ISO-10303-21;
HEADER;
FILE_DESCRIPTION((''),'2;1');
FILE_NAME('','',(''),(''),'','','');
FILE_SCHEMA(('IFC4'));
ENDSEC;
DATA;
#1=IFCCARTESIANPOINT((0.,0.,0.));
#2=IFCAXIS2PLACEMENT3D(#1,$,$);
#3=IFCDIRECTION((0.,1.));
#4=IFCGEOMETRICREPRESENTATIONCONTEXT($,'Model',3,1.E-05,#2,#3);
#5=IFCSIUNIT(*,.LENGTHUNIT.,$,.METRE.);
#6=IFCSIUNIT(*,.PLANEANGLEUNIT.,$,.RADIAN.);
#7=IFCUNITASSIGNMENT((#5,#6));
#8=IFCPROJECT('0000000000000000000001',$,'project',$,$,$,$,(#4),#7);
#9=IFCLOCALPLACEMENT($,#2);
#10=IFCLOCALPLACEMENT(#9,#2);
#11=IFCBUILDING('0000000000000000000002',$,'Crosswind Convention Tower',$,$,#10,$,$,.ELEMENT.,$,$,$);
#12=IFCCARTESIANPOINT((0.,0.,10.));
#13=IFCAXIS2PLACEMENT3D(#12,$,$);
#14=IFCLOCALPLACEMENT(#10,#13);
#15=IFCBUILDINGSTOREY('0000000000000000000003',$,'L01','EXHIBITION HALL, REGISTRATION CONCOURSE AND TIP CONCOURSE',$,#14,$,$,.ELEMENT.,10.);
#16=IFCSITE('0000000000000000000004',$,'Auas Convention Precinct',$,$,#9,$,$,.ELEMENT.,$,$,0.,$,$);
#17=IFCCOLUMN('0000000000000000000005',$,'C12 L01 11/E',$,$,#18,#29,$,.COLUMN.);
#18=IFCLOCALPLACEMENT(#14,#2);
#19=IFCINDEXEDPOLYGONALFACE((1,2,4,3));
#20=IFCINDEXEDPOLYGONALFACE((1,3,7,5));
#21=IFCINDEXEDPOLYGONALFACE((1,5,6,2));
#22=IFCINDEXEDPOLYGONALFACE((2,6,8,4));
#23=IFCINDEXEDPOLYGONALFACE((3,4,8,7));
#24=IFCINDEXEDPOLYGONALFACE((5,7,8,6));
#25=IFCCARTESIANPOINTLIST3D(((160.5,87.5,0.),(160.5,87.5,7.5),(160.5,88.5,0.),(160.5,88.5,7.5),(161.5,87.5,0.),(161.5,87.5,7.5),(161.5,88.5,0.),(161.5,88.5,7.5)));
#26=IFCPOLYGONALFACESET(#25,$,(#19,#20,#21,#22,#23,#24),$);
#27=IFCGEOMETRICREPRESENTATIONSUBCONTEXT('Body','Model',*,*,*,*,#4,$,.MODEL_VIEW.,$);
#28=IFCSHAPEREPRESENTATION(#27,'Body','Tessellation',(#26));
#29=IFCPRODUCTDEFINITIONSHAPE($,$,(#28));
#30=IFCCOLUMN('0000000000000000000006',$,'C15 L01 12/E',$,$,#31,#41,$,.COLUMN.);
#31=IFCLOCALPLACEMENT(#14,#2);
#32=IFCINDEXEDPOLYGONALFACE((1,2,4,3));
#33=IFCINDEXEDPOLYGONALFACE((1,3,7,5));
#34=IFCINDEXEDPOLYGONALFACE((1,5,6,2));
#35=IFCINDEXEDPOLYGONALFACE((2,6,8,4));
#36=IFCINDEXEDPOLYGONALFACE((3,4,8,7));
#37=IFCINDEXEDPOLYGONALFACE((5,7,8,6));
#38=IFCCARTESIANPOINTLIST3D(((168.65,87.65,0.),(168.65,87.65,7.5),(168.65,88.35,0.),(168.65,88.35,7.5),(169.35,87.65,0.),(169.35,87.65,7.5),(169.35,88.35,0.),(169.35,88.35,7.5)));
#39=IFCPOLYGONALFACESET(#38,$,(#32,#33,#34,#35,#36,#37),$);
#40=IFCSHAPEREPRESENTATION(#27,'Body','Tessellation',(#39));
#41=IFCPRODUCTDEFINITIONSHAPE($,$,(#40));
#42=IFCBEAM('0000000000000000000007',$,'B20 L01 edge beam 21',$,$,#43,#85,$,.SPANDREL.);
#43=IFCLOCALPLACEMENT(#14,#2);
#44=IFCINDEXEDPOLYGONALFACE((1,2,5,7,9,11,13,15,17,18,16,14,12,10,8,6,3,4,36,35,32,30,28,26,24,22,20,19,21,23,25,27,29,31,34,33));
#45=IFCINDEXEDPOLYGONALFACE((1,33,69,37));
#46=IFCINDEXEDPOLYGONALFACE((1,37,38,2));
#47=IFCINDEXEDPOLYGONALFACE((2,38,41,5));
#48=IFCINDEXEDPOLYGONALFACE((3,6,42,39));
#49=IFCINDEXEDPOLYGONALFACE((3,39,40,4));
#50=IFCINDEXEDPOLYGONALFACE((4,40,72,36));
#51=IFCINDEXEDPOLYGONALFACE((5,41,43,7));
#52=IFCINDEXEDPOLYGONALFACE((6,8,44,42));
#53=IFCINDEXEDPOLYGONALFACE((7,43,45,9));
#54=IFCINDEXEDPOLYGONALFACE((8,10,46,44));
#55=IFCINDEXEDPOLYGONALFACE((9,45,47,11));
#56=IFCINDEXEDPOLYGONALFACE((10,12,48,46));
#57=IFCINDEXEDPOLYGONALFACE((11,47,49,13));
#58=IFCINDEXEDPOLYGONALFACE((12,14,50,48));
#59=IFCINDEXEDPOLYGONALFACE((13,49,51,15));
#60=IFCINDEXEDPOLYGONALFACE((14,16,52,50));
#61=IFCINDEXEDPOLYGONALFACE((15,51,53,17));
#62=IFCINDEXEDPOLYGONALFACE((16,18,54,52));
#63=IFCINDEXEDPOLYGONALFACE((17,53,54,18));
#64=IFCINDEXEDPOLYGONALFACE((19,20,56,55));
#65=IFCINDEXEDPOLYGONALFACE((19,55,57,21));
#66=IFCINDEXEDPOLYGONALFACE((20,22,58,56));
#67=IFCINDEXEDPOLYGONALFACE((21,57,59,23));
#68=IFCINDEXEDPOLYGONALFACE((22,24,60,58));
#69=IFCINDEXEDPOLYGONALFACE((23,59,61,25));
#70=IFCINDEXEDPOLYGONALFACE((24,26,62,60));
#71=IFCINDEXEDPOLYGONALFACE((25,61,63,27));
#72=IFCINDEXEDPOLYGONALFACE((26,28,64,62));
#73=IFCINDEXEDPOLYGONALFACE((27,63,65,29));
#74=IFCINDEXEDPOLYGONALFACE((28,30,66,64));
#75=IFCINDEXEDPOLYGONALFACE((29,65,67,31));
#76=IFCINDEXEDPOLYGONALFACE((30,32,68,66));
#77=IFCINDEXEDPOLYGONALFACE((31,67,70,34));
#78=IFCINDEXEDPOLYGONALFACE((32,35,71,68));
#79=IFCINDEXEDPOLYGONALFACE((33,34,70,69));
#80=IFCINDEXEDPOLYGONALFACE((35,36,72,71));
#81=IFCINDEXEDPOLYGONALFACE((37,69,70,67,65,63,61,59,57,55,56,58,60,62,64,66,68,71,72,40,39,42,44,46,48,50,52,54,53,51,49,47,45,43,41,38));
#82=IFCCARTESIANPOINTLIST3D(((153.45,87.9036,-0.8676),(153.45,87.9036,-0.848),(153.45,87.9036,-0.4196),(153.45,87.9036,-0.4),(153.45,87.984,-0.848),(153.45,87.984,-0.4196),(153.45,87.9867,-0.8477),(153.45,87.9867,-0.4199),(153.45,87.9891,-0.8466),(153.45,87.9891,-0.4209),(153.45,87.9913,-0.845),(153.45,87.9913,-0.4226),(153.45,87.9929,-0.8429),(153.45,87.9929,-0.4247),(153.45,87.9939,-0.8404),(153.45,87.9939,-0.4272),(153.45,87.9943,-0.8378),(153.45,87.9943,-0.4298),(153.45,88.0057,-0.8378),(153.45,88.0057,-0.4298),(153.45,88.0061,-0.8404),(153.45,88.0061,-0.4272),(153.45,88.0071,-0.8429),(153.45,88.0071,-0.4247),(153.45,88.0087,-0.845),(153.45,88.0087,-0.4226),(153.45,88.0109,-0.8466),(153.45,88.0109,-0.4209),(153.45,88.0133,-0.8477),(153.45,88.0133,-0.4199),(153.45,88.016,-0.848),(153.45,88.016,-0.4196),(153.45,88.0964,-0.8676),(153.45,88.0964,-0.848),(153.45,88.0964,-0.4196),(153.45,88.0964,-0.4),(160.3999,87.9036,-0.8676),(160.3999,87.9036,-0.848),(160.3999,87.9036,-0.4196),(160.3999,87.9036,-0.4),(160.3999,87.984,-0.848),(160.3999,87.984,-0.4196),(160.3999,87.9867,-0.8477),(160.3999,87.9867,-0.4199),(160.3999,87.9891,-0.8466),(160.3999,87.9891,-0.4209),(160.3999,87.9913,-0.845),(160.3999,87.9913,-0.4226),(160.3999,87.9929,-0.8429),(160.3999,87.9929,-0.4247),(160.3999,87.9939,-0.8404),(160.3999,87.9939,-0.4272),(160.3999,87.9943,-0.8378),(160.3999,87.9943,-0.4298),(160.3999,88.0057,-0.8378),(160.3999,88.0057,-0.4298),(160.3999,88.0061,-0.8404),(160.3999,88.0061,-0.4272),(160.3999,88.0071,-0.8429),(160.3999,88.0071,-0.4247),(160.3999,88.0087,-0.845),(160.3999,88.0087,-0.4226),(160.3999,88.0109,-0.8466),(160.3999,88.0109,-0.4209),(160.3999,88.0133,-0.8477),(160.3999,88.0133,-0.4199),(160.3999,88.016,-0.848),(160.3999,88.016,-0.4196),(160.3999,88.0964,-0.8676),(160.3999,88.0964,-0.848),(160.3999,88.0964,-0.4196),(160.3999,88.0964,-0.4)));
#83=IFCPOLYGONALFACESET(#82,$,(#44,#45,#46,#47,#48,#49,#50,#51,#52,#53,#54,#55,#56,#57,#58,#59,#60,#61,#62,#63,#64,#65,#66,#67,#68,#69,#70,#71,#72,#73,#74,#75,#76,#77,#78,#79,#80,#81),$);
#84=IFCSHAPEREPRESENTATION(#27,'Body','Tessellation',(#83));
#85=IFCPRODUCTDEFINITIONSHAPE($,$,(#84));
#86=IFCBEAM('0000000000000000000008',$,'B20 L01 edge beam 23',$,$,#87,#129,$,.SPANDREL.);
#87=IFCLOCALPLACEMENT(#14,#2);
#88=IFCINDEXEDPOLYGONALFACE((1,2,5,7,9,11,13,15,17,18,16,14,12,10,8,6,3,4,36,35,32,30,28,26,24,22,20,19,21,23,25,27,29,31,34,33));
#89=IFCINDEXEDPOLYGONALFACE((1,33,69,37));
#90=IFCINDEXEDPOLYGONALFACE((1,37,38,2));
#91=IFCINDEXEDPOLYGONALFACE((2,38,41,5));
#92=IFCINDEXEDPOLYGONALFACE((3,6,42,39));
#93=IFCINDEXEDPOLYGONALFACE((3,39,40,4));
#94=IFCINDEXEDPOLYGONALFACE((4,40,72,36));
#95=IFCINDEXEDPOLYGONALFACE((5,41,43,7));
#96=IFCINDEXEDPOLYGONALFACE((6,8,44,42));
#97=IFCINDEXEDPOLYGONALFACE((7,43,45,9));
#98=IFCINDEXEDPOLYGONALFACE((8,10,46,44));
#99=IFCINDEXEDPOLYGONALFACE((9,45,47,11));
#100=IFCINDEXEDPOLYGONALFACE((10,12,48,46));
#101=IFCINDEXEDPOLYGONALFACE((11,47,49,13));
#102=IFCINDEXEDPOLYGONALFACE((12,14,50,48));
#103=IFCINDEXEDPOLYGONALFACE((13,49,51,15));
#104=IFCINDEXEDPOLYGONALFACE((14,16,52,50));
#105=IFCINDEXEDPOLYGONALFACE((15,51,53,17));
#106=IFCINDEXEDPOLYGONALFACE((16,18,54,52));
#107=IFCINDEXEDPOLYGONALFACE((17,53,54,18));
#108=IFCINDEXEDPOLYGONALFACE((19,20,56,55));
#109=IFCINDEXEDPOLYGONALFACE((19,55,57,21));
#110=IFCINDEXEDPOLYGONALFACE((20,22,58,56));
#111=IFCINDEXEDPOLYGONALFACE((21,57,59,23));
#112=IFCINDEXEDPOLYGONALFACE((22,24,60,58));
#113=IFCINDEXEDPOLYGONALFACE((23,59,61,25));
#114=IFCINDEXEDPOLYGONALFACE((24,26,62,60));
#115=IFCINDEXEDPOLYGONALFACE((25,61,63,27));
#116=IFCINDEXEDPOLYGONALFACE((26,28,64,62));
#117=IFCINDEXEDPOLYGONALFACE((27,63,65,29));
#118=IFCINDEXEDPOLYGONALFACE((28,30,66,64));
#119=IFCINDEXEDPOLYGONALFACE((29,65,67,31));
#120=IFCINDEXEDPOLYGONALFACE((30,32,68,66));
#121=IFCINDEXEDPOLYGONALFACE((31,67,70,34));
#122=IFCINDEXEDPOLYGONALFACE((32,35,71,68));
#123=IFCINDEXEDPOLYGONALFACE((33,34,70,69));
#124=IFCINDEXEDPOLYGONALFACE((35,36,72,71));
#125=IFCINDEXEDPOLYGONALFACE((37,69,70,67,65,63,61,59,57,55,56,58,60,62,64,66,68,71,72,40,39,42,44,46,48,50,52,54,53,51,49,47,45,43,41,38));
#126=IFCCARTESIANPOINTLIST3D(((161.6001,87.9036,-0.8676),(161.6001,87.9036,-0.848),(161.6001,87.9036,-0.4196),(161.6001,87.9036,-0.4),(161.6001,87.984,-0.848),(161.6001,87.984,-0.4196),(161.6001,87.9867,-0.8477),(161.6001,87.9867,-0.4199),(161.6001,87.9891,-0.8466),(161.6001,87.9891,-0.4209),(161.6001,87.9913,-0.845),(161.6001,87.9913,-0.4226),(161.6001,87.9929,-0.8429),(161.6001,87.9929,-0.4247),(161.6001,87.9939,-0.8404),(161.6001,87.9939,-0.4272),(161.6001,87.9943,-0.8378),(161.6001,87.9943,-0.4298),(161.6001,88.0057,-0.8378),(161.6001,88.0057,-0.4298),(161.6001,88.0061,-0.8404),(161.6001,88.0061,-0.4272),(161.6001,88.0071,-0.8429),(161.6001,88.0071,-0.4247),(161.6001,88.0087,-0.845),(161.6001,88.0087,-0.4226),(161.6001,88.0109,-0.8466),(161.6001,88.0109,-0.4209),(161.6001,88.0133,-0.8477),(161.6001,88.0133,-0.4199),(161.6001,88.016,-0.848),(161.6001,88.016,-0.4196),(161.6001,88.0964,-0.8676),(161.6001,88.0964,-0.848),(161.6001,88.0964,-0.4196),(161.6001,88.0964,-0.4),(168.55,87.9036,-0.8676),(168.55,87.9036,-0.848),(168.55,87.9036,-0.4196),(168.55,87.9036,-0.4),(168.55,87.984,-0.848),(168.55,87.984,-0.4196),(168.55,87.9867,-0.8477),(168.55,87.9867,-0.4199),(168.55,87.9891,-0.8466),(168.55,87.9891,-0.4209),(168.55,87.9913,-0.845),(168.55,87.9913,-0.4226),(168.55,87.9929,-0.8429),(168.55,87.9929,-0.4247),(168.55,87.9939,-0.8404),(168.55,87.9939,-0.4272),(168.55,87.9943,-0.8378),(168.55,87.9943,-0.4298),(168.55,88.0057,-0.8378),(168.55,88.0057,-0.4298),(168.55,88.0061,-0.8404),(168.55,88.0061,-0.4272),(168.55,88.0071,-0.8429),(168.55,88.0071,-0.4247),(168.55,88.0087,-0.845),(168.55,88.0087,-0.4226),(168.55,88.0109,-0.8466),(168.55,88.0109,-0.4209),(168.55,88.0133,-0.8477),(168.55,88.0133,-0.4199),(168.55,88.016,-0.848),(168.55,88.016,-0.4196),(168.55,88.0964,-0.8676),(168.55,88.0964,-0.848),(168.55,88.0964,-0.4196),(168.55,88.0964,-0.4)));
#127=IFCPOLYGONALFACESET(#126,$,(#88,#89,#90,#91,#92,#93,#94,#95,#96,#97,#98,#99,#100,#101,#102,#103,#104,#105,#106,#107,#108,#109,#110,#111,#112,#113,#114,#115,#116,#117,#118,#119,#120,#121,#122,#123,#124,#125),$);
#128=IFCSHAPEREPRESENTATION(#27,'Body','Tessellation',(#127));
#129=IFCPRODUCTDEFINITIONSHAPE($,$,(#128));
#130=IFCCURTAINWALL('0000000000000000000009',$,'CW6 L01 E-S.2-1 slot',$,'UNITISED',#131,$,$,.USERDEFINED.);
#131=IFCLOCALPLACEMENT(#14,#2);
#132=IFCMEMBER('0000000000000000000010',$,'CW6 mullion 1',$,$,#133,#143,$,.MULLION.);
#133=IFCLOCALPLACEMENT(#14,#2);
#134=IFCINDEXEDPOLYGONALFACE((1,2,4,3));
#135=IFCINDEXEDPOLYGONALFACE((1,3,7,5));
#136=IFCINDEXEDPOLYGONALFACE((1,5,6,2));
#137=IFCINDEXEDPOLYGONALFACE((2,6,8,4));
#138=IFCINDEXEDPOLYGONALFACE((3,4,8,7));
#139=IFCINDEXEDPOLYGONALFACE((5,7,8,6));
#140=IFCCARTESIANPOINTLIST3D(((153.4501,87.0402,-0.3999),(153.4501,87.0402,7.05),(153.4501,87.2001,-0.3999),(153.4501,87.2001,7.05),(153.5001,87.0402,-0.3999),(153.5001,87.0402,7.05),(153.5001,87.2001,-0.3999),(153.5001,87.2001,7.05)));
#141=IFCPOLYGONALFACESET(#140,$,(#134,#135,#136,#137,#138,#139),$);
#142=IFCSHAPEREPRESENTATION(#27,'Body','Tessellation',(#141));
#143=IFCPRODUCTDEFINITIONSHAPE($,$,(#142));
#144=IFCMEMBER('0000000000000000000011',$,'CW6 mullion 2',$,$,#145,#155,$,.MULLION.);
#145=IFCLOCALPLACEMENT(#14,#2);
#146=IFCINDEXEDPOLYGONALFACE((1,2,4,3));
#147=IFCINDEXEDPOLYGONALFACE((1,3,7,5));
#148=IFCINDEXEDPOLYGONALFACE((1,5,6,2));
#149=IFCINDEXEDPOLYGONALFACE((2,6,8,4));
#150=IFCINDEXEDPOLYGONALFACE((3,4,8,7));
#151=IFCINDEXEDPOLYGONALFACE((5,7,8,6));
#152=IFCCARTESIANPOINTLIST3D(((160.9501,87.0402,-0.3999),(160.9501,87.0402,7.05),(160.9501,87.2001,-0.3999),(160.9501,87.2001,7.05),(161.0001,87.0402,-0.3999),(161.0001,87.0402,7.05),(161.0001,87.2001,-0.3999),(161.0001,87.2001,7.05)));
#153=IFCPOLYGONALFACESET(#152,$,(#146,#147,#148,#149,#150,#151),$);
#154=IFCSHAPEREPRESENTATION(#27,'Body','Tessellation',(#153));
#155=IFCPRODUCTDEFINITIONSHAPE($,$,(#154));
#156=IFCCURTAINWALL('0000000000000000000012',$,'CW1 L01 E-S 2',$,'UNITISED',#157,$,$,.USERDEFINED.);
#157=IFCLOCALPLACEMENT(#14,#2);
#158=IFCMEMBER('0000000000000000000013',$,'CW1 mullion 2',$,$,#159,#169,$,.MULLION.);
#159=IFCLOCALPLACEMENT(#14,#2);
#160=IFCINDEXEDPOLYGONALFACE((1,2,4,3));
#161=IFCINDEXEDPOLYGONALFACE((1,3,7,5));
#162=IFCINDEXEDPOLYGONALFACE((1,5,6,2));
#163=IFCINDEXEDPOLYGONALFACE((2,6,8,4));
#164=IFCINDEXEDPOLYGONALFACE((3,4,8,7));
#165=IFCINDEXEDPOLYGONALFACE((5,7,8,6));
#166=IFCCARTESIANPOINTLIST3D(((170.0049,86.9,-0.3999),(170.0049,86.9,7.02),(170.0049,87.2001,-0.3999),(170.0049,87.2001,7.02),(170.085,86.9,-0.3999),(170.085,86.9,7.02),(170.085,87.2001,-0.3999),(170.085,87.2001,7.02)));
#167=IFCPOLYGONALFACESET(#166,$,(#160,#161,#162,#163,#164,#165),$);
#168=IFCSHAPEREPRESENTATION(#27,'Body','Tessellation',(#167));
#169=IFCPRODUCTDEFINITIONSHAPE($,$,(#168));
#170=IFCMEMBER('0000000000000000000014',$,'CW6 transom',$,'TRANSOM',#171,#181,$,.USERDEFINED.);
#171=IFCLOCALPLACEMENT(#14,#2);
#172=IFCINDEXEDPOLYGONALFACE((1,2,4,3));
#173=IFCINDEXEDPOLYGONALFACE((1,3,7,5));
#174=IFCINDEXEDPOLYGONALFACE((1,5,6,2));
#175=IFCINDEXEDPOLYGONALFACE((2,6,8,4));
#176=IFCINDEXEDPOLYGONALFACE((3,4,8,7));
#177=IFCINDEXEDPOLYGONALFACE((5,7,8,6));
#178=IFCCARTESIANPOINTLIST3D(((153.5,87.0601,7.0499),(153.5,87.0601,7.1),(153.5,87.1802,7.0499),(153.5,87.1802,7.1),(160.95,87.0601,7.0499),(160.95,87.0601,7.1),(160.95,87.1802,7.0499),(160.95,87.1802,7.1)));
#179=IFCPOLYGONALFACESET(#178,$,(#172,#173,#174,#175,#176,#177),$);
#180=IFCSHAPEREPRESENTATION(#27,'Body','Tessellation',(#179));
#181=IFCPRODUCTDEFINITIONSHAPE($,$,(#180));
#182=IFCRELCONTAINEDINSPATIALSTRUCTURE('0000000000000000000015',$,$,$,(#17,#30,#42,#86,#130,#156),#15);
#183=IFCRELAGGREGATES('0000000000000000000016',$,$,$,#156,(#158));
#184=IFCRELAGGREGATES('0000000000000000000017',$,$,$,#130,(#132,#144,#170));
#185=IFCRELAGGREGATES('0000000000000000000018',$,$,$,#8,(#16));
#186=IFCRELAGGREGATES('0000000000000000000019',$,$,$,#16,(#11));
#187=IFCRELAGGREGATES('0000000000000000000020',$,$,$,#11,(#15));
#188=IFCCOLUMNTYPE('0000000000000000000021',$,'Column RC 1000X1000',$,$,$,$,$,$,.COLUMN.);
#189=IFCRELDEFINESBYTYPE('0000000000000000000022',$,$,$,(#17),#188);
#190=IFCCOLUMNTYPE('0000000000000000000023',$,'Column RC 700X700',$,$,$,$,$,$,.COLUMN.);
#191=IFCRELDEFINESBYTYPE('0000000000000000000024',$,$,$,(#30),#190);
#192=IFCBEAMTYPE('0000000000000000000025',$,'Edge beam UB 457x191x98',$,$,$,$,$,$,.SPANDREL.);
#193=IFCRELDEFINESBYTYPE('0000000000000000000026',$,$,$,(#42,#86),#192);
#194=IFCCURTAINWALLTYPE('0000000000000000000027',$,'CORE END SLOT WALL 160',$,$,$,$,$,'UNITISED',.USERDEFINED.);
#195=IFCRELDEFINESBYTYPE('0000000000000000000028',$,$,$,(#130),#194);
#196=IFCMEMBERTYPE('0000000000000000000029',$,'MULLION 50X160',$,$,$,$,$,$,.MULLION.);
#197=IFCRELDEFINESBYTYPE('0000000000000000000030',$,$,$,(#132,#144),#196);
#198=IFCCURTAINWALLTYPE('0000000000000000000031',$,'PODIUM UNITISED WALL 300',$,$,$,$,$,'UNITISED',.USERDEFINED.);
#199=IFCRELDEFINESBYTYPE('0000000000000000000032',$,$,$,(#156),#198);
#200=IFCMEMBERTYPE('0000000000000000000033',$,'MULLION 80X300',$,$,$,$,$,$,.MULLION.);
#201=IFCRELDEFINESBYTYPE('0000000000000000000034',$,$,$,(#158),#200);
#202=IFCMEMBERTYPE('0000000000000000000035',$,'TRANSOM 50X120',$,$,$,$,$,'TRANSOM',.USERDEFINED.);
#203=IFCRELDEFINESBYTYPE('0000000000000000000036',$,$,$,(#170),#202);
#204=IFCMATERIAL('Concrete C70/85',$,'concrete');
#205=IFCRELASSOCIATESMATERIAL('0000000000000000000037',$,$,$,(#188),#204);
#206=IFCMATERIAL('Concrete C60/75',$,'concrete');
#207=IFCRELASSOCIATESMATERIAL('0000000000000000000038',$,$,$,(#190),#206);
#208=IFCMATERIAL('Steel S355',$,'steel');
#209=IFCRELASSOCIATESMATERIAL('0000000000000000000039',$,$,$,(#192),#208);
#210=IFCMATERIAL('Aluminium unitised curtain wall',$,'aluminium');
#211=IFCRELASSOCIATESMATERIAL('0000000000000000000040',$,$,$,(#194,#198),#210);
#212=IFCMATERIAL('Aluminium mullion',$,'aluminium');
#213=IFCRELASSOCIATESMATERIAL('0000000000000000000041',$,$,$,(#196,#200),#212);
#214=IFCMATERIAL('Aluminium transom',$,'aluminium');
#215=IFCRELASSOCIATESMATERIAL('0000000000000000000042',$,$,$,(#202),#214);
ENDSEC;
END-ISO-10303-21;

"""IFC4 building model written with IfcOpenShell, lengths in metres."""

from ifc_helpers import new_model, si_unit, direction, frame, origin, origin_2d, place, context, subcontext, project, spatial, rectangle, i_section, extrude, material, material_profile, profile_set, type_object, element, aggregate, save


model = new_model("IFC4")

# Units and contexts
model_context = context("Model", 3, precision=1e-05, world=origin(), true_north=direction((0.0, 1.0)))
body_context = subcontext(model_context, "Body", "Model", "MODEL_VIEW")
ifc_project = project(units=[si_unit("LENGTHUNIT", "METRE"), si_unit("PLANEANGLEUNIT", "RADIAN")], contexts=[model_context])

# Site, building, storey
site_placement = place(None, origin())
site = spatial("IfcSite", under=ifc_project, at=site_placement, Name="Auas Convention Precinct", CompositionType="ELEMENT", RefElevation=0.0)
building_placement = place(site_placement, origin())
building = spatial("IfcBuilding", under=site, at=building_placement, Name="Crosswind Convention Tower", CompositionType="ELEMENT")
storey_placement = place(building_placement, frame((0.0, 0.0, 10.0)))
storey = spatial("IfcBuildingStorey", under=building, at=storey_placement, Name="L01", Description="EXHIBITION HALL, REGISTRATION CONCOURSE AND TIP CONCOURSE", CompositionType="ELEMENT", Elevation=10.0)

# Columns
ifc_material_1 = material(Name="Concrete C70/85", Category="concrete")
ifc_material_profile_1 = material_profile(ifc_material_1, rectangle(XDim=1.0, YDim=1.0, at=origin_2d()), Name="RC 1000X1000")
ifc_profile_set_1 = profile_set([ifc_material_profile_1], Name="Concrete C70/85")
column_type_1 = type_object("IfcColumnType", Name="Column RC 1000X1000", PredefinedType="COLUMN", material=ifc_profile_set_1)
column_1_placement = place(storey_placement, frame((161.0, 88.0, 0.0), z_axis=(0.0, 0.0, 1.0), x_axis=(1.0, 0.0, 0.0)))
element("IfcColumn", 1, at=column_1_placement, inside=storey, type_object=column_type_1, Name="C12 L01 11/E", PredefinedType="COLUMN", context=body_context, shape_type="SweptSolid", body=[
    extrude(rectangle(XDim=1.0, YDim=1.0, at=origin_2d()), origin(), (0.0, 0.0, 1.0), 7.5),
])
ifc_material_2 = material(Name="Concrete C60/75", Category="concrete")
ifc_material_profile_2 = material_profile(ifc_material_2, rectangle(XDim=0.7, YDim=0.7, at=origin_2d()), Name="RC 700X700")
ifc_profile_set_2 = profile_set([ifc_material_profile_2], Name="Concrete C60/75")
column_type_2 = type_object("IfcColumnType", Name="Column RC 700X700", PredefinedType="COLUMN", material=ifc_profile_set_2)
column_2_placement = place(storey_placement, frame((169.0, 88.0, 0.0), z_axis=(0.0, 0.0, 1.0), x_axis=(1.0, 0.0, 0.0)))
element("IfcColumn", 2, at=column_2_placement, inside=storey, type_object=column_type_2, Name="C15 L01 12/E", PredefinedType="COLUMN", context=body_context, shape_type="SweptSolid", body=[
    extrude(rectangle(XDim=0.7, YDim=0.7, at=origin_2d()), origin(), (0.0, 0.0, 1.0), 7.5),
])

# Beams
ifc_material_3 = material(Name="Steel S355", Category="steel")
ifc_material_profile_3 = material_profile(ifc_material_3, i_section(OverallWidth=0.1929, OverallDepth=0.4675, WebThickness=0.0115, FlangeThickness=0.0195, FilletRadius=0.0103, at=origin_2d()), Name="UB 457x191x98")
ifc_profile_set_3 = profile_set([ifc_material_profile_3], Name="Steel S355")
beam_type_1 = type_object("IfcBeamType", Name="Edge beam UB 457x191x98", PredefinedType="SPANDREL", material=ifc_profile_set_3)
for number, where, z_axis, x_axis, name in (
    (3, (153.45, 88.0, -0.6338), (1.0, 0.0, 0.0), (0.0, 1.0, 0.0), "B20 L01 edge beam 21"),
    (4, (161.6001, 88.0, -0.6338), (1.0, 0.0, 0.0), (0.0, 1.0, 0.0), "B20 L01 edge beam 23"),
):
    element("IfcBeam", number, at=place(storey_placement, frame(where, z_axis=z_axis, x_axis=x_axis)), inside=storey, type_object=beam_type_1, Name=name, PredefinedType="SPANDREL", context=body_context, shape_type="SweptSolid", body=[
        extrude(i_section(OverallWidth=0.1929, OverallDepth=0.4675, WebThickness=0.0115, FlangeThickness=0.0195, FilletRadius=0.0103, at=origin_2d()), origin(), (0.0, 0.0, 1.0), 6.95),
    ])

# Curtain wall, members
ifc_material_4 = material(Name="Aluminium unitised curtain wall", Category="aluminium")
curtain_wall_type_1 = type_object("IfcCurtainWallType", Name="CORE END SLOT WALL 160", ElementType="UNITISED", PredefinedType="USERDEFINED", material=ifc_material_4)
curtain_wall_1_placement = place(storey_placement, origin())
curtain_wall_1 = element("IfcCurtainWall", 5, at=curtain_wall_1_placement, inside=storey, type_object=curtain_wall_type_1, Name="CW6 L01 E-S.2-1 slot", ObjectType="UNITISED", PredefinedType="USERDEFINED")
ifc_material_5 = material(Name="Aluminium mullion", Category="aluminium")
ifc_material_profile_4 = material_profile(ifc_material_5, rectangle(XDim=0.1599, YDim=0.05, at=origin_2d()), Name="AL 160X50")
ifc_profile_set_4 = profile_set([ifc_material_profile_4], Name="Aluminium mullion")
member_type_1 = type_object("IfcMemberType", Name="MULLION 50X160", PredefinedType="MULLION", material=ifc_profile_set_4)
member_1_placement = place(storey_placement, frame((153.4751, 87.1201, -0.3999), z_axis=(0.0, 0.0, 1.0), x_axis=(0.0, -1.0, 0.0)))
member_1 = element("IfcMember", 6, at=member_1_placement, type_object=member_type_1, Name="CW6 mullion 1", PredefinedType="MULLION", context=body_context, shape_type="SweptSolid", body=[
    extrude(rectangle(XDim=0.1599, YDim=0.05, at=origin_2d()), origin(), (0.0, 0.0, 1.0), 7.45),
])
member_2_placement = place(storey_placement, frame((160.9751, 87.1201, -0.3999), z_axis=(0.0, 0.0, 1.0), x_axis=(0.0, -1.0, 0.0)))
member_2 = element("IfcMember", 7, at=member_2_placement, type_object=member_type_1, Name="CW6 mullion 2", PredefinedType="MULLION", context=body_context, shape_type="SweptSolid", body=[
    extrude(rectangle(XDim=0.1599, YDim=0.05, at=origin_2d()), origin(), (0.0, 0.0, 1.0), 7.45),
])

# Curtain wall, member
curtain_wall_type_2 = type_object("IfcCurtainWallType", Name="PODIUM UNITISED WALL 300", ElementType="UNITISED", PredefinedType="USERDEFINED", material=ifc_material_4)
curtain_wall_2_placement = place(storey_placement, origin())
curtain_wall_2 = element("IfcCurtainWall", 8, at=curtain_wall_2_placement, inside=storey, type_object=curtain_wall_type_2, Name="CW1 L01 E-S 2", ObjectType="UNITISED", PredefinedType="USERDEFINED")
ifc_material_profile_5 = material_profile(ifc_material_5, rectangle(XDim=0.3, YDim=0.0801, at=origin_2d()), Name="AL 300X80")
ifc_profile_set_5 = profile_set([ifc_material_profile_5], Name="Aluminium mullion")
member_type_2 = type_object("IfcMemberType", Name="MULLION 80X300", PredefinedType="MULLION", material=ifc_profile_set_5)
member_3_placement = place(storey_placement, frame((170.0449, 87.05, -0.3999), z_axis=(0.0, 0.0, 1.0), x_axis=(0.0, -1.0, 0.0)))
member_3 = element("IfcMember", 9, at=member_3_placement, type_object=member_type_2, Name="CW1 mullion 2", PredefinedType="MULLION", context=body_context, shape_type="SweptSolid", body=[
    extrude(rectangle(XDim=0.3, YDim=0.0801, at=origin_2d()), origin(), (0.0, 0.0, 1.0), 7.4199),
])
aggregate(curtain_wall_2, [member_3])

# Member
ifc_material_6 = material(Name="Aluminium transom", Category="aluminium")
ifc_material_profile_6 = material_profile(ifc_material_6, rectangle(XDim=0.1201, YDim=0.05, at=origin_2d()), Name="AL 120X50")
ifc_profile_set_6 = profile_set([ifc_material_profile_6], Name="Aluminium transom")
member_type_3 = type_object("IfcMemberType", Name="TRANSOM 50X120", ElementType="TRANSOM", PredefinedType="USERDEFINED", material=ifc_profile_set_6)
member_4_placement = place(storey_placement, frame((153.5, 87.1201, 7.075), z_axis=(1.0, 0.0, 0.0), x_axis=(0.0, 1.0, 0.0)))
member_4 = element("IfcMember", 10, at=member_4_placement, type_object=member_type_3, Name="CW6 transom", ObjectType="TRANSOM", PredefinedType="USERDEFINED", context=body_context, shape_type="SweptSolid", body=[
    extrude(rectangle(XDim=0.1201, YDim=0.05, at=origin_2d()), origin(), (0.0, 0.0, 1.0), 7.45),
])

aggregate(curtain_wall_1, [member_1, member_2, member_4])

save(model, "model.ifc")
